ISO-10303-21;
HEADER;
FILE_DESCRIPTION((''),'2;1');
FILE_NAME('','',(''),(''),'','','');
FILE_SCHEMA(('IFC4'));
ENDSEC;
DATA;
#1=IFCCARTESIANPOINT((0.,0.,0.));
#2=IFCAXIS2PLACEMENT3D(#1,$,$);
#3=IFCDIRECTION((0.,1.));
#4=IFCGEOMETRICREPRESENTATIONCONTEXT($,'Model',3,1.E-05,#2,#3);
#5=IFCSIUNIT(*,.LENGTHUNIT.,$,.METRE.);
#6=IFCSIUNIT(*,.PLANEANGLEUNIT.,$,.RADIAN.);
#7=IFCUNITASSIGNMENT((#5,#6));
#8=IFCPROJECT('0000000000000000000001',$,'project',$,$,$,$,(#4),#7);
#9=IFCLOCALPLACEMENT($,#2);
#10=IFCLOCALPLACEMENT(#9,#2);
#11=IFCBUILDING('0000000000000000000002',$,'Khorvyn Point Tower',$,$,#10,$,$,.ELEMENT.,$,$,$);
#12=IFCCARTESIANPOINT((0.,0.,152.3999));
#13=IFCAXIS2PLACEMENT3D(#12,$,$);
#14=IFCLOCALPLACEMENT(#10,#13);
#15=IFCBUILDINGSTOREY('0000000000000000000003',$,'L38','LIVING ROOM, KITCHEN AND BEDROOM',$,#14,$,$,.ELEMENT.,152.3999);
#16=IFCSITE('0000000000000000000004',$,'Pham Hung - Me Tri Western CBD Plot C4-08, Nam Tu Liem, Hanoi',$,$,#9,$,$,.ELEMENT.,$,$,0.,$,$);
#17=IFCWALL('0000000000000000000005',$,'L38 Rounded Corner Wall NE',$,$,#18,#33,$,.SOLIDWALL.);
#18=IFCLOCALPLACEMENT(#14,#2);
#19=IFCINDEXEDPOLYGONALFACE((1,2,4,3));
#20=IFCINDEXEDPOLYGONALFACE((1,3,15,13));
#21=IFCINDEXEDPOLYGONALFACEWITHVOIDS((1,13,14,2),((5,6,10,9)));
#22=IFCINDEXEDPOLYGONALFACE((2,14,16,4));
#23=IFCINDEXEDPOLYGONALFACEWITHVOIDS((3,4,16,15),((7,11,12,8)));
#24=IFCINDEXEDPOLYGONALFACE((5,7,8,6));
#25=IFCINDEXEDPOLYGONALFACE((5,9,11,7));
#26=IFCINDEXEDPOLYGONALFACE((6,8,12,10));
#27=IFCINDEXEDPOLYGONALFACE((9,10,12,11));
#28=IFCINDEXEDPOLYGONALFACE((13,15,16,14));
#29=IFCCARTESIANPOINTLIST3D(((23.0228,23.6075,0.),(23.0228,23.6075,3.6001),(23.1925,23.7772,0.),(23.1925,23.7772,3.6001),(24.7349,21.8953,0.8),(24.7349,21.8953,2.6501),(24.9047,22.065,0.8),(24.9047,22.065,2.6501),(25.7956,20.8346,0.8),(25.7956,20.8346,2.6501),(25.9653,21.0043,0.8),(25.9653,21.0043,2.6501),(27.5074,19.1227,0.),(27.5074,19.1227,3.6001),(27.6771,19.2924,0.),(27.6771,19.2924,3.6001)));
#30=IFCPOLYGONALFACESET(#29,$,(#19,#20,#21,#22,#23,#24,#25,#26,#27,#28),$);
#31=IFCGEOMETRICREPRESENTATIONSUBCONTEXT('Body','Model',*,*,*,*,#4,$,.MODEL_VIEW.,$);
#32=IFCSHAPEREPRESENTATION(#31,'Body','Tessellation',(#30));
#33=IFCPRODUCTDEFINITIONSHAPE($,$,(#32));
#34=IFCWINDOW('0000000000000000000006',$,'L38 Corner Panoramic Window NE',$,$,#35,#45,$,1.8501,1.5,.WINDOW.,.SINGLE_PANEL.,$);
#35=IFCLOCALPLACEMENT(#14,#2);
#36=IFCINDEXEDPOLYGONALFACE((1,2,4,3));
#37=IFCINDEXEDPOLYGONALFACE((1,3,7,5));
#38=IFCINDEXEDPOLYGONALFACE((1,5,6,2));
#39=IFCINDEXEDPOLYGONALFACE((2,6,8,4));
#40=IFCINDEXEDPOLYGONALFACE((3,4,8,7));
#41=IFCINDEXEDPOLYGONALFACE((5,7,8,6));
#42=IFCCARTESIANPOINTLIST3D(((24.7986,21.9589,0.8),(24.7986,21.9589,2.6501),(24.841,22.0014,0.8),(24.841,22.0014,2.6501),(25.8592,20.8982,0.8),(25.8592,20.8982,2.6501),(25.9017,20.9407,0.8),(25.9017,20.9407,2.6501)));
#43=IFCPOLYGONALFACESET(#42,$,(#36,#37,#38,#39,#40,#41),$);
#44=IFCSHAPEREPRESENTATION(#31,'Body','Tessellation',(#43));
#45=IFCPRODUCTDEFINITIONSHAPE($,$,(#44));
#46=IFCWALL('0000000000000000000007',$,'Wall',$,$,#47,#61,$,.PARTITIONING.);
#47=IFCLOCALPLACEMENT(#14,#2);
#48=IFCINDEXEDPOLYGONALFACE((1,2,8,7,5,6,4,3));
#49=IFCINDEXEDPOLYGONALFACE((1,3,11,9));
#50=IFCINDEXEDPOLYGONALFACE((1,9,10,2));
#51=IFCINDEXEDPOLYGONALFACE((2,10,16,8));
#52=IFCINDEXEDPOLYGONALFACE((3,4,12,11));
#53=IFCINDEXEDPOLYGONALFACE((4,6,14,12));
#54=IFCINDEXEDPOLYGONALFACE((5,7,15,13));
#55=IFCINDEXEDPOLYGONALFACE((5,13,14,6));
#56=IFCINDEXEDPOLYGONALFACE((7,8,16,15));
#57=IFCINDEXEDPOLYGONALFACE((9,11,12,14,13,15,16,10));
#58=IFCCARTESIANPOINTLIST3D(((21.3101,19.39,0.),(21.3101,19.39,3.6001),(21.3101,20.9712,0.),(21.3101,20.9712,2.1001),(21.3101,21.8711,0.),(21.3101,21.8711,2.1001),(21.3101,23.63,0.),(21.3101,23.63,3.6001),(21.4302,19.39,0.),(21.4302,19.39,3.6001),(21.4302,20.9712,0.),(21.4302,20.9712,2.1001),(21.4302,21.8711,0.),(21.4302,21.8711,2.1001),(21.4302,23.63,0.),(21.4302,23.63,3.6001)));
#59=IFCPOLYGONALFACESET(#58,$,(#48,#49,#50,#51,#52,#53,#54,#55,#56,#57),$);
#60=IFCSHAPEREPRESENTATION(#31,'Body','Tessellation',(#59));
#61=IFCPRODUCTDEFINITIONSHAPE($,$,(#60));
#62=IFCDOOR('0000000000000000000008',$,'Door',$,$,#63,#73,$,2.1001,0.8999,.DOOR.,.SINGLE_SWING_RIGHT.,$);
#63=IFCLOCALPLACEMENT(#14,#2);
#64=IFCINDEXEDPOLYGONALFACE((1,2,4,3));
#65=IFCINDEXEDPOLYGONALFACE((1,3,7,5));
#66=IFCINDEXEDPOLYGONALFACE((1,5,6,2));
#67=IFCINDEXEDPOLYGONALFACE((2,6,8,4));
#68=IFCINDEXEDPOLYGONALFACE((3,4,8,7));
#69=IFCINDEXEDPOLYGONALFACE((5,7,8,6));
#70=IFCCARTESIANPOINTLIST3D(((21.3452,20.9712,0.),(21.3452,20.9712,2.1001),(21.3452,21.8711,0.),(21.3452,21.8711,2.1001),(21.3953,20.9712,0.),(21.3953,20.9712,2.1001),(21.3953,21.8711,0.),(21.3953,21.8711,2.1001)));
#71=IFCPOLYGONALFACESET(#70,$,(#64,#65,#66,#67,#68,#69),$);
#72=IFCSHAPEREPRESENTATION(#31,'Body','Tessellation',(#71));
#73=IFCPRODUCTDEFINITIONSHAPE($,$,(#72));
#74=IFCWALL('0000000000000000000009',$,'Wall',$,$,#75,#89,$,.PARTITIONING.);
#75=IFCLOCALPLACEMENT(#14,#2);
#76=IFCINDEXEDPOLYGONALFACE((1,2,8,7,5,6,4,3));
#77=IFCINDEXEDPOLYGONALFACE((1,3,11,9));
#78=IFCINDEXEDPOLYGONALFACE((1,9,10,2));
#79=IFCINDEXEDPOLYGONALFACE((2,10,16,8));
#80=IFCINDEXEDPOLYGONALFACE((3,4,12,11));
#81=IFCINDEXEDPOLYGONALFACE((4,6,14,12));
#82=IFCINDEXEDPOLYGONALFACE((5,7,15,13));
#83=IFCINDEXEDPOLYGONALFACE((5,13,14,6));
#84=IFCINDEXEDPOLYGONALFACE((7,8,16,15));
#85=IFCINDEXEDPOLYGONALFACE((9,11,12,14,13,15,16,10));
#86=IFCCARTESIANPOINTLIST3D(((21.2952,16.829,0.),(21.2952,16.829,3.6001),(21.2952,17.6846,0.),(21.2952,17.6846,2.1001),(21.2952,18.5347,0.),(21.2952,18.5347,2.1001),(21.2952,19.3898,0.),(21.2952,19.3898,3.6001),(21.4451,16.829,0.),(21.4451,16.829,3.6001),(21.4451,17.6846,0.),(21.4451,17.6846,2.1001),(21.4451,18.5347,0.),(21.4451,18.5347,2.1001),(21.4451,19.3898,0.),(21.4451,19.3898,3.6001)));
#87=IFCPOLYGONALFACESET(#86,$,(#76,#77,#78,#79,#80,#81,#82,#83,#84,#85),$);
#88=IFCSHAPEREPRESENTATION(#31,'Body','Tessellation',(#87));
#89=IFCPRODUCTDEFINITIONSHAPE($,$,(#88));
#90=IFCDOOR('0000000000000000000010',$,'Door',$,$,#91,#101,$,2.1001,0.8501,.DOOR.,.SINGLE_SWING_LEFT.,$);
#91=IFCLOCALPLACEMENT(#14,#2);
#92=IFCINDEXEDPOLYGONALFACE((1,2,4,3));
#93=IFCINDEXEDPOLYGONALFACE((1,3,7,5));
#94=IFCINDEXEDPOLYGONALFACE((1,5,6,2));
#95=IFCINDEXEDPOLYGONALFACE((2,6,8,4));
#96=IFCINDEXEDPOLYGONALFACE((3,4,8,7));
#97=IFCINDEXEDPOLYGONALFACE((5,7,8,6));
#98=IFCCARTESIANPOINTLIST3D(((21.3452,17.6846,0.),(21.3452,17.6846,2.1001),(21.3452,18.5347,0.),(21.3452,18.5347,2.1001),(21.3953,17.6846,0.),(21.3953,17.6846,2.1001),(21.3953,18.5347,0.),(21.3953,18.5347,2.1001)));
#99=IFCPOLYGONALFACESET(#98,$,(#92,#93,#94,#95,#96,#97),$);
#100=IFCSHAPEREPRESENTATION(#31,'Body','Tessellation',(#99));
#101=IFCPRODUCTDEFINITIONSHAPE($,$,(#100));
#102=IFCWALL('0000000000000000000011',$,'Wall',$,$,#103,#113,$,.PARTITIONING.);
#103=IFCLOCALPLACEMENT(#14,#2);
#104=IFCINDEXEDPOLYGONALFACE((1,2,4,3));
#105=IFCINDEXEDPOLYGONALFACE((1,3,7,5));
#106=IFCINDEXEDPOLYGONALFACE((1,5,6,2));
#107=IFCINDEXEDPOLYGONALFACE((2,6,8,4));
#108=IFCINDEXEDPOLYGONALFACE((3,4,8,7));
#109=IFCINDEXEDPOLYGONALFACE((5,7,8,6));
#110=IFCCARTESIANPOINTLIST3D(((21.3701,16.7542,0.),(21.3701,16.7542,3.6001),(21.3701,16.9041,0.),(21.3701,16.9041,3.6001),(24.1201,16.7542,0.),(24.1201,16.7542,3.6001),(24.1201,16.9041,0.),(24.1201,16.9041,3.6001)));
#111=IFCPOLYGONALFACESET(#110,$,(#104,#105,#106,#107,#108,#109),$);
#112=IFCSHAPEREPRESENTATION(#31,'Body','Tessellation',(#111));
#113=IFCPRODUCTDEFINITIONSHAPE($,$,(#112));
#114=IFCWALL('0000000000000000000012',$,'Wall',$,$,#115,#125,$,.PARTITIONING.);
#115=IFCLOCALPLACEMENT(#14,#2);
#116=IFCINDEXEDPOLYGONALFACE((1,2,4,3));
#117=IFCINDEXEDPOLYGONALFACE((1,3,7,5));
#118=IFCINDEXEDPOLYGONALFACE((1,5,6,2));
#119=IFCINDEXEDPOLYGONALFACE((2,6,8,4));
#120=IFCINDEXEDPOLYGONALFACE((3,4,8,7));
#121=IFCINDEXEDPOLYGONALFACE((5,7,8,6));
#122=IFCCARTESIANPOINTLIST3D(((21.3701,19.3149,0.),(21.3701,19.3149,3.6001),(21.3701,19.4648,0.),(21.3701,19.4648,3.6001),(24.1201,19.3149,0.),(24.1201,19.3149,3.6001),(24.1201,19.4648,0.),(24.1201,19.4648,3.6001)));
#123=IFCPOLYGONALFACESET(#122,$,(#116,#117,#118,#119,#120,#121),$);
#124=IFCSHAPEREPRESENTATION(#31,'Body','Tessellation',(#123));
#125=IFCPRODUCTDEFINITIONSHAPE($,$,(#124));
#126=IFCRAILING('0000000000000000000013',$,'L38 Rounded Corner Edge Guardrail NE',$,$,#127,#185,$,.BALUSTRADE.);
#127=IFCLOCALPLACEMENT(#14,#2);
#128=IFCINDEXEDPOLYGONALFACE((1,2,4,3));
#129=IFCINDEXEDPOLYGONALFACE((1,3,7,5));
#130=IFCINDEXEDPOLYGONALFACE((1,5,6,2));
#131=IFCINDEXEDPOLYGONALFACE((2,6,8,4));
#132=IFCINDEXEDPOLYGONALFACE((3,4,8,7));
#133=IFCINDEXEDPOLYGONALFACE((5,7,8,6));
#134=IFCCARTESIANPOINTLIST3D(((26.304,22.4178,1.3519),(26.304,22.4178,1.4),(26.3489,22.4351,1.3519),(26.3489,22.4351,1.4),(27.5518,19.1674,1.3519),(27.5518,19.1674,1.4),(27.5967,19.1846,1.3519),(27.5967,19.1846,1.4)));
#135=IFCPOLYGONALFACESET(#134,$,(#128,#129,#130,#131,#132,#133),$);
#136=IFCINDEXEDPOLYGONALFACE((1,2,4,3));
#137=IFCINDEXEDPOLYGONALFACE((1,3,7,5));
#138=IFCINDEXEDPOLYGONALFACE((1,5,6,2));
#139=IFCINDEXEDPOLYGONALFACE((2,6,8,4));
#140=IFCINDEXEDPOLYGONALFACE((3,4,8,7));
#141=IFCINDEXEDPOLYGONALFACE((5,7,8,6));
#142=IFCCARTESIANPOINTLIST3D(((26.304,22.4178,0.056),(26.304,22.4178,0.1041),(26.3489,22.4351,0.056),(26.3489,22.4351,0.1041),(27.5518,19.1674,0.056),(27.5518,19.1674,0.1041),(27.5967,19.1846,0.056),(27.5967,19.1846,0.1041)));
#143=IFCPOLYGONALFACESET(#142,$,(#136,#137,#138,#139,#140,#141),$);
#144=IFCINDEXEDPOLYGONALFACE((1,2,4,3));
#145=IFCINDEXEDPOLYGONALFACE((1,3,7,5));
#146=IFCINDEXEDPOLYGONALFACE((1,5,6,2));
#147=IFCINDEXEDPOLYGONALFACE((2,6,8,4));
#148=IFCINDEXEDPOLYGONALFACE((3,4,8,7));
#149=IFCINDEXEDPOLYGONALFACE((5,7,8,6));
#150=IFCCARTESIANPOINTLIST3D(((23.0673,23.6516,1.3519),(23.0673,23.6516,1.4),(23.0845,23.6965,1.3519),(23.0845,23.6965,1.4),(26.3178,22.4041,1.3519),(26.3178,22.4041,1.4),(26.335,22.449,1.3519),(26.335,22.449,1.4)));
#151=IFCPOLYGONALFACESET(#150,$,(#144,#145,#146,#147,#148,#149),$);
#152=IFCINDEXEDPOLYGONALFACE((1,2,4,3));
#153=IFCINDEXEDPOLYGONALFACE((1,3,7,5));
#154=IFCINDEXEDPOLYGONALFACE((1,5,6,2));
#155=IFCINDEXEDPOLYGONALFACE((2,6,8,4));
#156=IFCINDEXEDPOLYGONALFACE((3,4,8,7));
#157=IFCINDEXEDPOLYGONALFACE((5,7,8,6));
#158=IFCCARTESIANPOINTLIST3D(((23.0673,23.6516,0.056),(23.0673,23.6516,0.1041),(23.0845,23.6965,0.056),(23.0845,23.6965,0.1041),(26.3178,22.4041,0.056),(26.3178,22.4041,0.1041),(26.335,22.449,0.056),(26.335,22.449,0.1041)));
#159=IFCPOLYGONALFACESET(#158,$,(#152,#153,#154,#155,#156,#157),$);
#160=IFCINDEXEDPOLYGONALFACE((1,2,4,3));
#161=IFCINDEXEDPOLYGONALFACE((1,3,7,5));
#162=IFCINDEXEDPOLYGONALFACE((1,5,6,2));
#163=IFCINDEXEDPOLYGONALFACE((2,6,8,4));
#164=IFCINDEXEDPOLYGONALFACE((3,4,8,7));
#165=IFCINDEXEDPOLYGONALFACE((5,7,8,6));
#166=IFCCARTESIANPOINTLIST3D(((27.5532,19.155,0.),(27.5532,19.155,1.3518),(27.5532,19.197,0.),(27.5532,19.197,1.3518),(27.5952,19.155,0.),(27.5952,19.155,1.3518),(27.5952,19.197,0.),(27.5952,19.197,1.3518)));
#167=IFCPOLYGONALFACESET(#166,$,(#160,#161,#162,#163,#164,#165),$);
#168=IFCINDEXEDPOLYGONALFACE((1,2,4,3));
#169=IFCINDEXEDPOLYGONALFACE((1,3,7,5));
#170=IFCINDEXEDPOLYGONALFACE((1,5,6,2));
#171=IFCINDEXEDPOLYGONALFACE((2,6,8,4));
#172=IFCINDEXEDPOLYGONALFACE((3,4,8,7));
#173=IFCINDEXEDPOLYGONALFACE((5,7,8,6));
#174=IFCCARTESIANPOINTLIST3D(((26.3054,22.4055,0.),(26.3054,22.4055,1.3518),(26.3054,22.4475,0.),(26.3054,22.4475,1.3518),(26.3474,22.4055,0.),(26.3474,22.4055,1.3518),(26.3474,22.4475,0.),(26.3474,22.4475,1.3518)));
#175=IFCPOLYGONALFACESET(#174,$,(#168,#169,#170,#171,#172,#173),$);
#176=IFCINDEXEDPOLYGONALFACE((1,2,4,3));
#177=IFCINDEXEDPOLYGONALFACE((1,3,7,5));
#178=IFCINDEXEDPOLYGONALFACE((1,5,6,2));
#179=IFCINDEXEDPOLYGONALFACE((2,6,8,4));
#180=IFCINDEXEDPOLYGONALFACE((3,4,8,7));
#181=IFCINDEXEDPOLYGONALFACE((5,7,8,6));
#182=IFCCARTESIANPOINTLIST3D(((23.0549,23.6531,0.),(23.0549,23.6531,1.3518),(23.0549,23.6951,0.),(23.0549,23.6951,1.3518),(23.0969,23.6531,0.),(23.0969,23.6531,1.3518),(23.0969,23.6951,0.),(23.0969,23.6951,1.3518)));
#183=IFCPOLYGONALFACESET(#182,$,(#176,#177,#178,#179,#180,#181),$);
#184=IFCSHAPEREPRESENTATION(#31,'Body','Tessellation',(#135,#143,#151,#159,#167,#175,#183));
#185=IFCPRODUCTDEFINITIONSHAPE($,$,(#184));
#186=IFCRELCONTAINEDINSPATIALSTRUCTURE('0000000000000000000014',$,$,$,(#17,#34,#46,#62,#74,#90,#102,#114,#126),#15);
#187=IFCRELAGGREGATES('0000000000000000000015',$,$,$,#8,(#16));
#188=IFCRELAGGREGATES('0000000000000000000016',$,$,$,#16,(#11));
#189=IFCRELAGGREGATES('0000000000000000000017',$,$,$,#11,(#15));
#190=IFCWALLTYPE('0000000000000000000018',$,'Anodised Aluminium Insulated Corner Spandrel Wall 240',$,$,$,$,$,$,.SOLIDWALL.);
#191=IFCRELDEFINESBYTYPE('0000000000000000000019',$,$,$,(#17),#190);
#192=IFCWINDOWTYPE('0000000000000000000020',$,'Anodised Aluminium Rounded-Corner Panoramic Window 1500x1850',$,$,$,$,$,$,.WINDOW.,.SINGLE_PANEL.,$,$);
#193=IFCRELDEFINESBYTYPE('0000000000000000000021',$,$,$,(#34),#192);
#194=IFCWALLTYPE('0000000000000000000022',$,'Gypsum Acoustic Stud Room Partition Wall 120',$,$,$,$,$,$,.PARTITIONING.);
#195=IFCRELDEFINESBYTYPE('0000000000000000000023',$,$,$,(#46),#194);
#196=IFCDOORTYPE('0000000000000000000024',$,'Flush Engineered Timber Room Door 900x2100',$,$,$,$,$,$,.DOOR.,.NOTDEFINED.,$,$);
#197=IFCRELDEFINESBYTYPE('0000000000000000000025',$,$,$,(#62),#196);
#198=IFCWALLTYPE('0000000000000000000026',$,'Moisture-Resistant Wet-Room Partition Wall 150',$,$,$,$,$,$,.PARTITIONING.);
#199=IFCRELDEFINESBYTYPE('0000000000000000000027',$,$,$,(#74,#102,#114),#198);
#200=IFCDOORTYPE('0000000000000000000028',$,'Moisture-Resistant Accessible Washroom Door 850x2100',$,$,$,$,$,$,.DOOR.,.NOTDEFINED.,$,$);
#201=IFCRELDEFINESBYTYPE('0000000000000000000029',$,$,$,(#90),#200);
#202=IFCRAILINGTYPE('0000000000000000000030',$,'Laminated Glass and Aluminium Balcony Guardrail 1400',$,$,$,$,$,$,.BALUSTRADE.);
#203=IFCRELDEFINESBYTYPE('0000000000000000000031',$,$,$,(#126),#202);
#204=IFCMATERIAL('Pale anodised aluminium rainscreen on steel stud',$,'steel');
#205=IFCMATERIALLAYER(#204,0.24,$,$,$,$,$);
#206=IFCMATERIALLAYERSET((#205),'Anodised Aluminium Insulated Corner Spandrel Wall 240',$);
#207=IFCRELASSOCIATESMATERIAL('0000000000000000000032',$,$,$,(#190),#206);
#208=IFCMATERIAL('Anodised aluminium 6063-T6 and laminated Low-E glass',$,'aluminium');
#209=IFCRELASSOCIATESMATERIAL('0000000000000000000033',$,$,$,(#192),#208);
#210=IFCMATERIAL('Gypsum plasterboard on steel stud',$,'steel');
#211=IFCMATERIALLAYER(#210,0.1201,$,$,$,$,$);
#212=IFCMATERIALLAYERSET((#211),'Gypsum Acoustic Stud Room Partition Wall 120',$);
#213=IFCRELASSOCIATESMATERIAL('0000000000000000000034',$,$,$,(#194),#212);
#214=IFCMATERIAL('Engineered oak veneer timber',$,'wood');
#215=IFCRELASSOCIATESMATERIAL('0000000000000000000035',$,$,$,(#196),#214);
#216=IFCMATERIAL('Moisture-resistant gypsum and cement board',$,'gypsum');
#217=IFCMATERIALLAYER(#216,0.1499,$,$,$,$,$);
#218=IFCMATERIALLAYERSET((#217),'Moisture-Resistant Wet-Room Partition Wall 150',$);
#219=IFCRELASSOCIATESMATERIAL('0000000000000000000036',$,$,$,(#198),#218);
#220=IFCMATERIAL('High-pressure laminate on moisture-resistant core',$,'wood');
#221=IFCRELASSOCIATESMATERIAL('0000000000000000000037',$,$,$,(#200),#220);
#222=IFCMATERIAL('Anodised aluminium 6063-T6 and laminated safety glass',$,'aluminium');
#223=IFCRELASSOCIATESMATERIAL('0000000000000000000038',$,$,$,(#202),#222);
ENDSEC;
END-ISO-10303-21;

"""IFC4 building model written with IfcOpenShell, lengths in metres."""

from ifc_helpers import new_model, si_unit, direction, frame, frame_2d, origin, origin_2d, place, context, subcontext, project, spatial, rectangle, extrude, material, layer, layer_set, type_object, element, fill, save


model = new_model("IFC4")

# Units and contexts
model_context = context("Model", 3, precision=1e-05, world=origin(), true_north=direction((0.0, 1.0)))
body_context = subcontext(model_context, "Body", "Model", "MODEL_VIEW")
ifc_project = project(units=[si_unit("LENGTHUNIT", "METRE"), si_unit("PLANEANGLEUNIT", "RADIAN")], contexts=[model_context])

# Site, building, storey
site_placement = place(None, origin())
site = spatial("IfcSite", under=ifc_project, at=site_placement, Name="Pham Hung - Me Tri Western CBD Plot C4-08, Nam Tu Liem, Hanoi", CompositionType="ELEMENT", RefElevation=0.0)
building_placement = place(site_placement, origin())
building = spatial("IfcBuilding", under=site, at=building_placement, Name="Khorvyn Point Tower", CompositionType="ELEMENT")
storey_placement = place(building_placement, frame((0.0, 0.0, 152.3999)))
storey = spatial("IfcBuildingStorey", under=building, at=storey_placement, Name="L38", Description="LIVING ROOM, KITCHEN AND BEDROOM", CompositionType="ELEMENT", Elevation=152.3999)

# Shared definitions
ifc_material_1 = material(Name="Anodised aluminium 6063-T6 and laminated Low-E glass", Category="aluminium")

# Wall, opening, window
ifc_material_2 = material(Name="Pale anodised aluminium rainscreen on steel stud", Category="steel")
ifc_layer_1 = layer(ifc_material_2, 0.24)
ifc_layer_set_1 = layer_set([ifc_layer_1], Name="Anodised Aluminium Insulated Corner Spandrel Wall 240")
wall_type_1 = type_object("IfcWallType", Name="Anodised Aluminium Insulated Corner Spandrel Wall 240", PredefinedType="SOLIDWALL", material=ifc_layer_set_1)
wall_1_placement = place(storey_placement, frame((23.1077, 23.6924, 0.0), z_axis=(0.0, 0.0, 1.0), x_axis=(0.707088, -0.707126, 0.0)))
wall_1 = element("IfcWall", 1, at=wall_1_placement, inside=storey, type_object=wall_type_1, Name="L38 Rounded Corner Wall NE", PredefinedType="SOLIDWALL", context=body_context, shape_type="SweptSolid", body=[
    extrude(rectangle(XDim=6.3423, YDim=0.24, at=frame_2d((3.1711, 0.0))), origin(), (0.0, 0.0, 1.0), 3.6001),
])
opening_1_placement = place(wall_1_placement, frame((2.4214, 0.0, 0.8)))
opening_1 = element("IfcOpeningElement", 2, at=opening_1_placement, cuts=wall_1, PredefinedType="OPENING", context=body_context, shape_type="SweptSolid", body=[
    extrude(rectangle(XDim=1.5, YDim=1.8501, at=frame_2d((0.75, 0.925))), frame((0.0, 0.1299, 0.0), z_axis=(0.0, -1.0, 0.0), x_axis=(1.0, 0.0, 0.0)), (0.0, 0.0, 1.0), 0.26),
])
window_type = type_object("IfcWindowType", Name="Anodised Aluminium Rounded-Corner Panoramic Window 1500x1850", PartitioningType="SINGLE_PANEL", PredefinedType="WINDOW", material=ifc_material_1)
window_placement = place(opening_1_placement, origin())
window = element("IfcWindow", 3, at=window_placement, inside=storey, type_object=window_type, Name="L38 Corner Panoramic Window NE", OverallHeight=1.8501, OverallWidth=1.5, PartitioningType="SINGLE_PANEL", PredefinedType="WINDOW", context=body_context, shape_type="SweptSolid", body=[
    extrude(rectangle(XDim=1.5, YDim=1.8501, at=frame_2d((0.75, 0.925))), frame((0.0, 0.03, 0.0), z_axis=(0.0, -1.0, 0.0), x_axis=(1.0, 0.0, 0.0)), (0.0, 0.0, 1.0), 0.0601),
])
fill(opening_1, window)

# Walls, openings, doors
ifc_material_3 = material(Name="Gypsum plasterboard on steel stud", Category="steel")
ifc_layer_2 = layer(ifc_material_3, 0.1201)
ifc_layer_set_2 = layer_set([ifc_layer_2], Name="Gypsum Acoustic Stud Room Partition Wall 120")
wall_type_2 = type_object("IfcWallType", Name="Gypsum Acoustic Stud Room Partition Wall 120", PredefinedType="PARTITIONING", material=ifc_layer_set_2)
wall_2_placement = place(storey_placement, frame((21.3701, 19.3899, 0.0), z_axis=(0.0, 0.0, 1.0), x_axis=(0.0, 1.0, 0.0)))
wall_2 = element("IfcWall", 4, at=wall_2_placement, inside=storey, type_object=wall_type_2, Name="Wall", PredefinedType="PARTITIONING", context=body_context, shape_type="SweptSolid", body=[
    extrude(rectangle(XDim=4.24, YDim=0.1201, at=frame_2d((2.1201, 0.0))), origin(), (0.0, 0.0, 1.0), 3.6001),
])
opening_2_placement = place(wall_2_placement, frame((1.5813, 0.0, 0.0)))
opening_2 = element("IfcOpeningElement", 5, at=opening_2_placement, cuts=wall_2, PredefinedType="OPENING", context=body_context, shape_type="SweptSolid", body=[
    extrude(rectangle(XDim=0.8999, YDim=2.1001, at=frame_2d((0.45, 1.05))), frame((0.0, 0.0701, 0.0), z_axis=(0.0, -1.0, 0.0), x_axis=(1.0, 0.0, 0.0)), (0.0, 0.0, 1.0), 0.1401),
])
ifc_material_4 = material(Name="Engineered oak veneer timber", Category="wood")
door_type_1 = type_object("IfcDoorType", Name="Flush Engineered Timber Room Door 900x2100", OperationType="NOTDEFINED", PredefinedType="DOOR", material=ifc_material_4)
door_1_placement = place(opening_2_placement, origin())
door_1 = element("IfcDoor", 6, at=door_1_placement, inside=storey, type_object=door_type_1, Name="Door", OperationType="SINGLE_SWING_RIGHT", OverallHeight=2.1001, OverallWidth=0.8999, PredefinedType="DOOR", context=body_context, shape_type="SweptSolid", body=[
    extrude(rectangle(XDim=0.8999, YDim=2.1001, at=frame_2d((0.45, 1.05))), frame((0.0, 0.0249, 0.0), z_axis=(0.0, -1.0, 0.0), x_axis=(1.0, 0.0, 0.0)), (0.0, 0.0, 1.0), 0.05),
])
fill(opening_2, door_1)
ifc_material_5 = material(Name="Moisture-resistant gypsum and cement board", Category="gypsum")
ifc_layer_3 = layer(ifc_material_5, 0.1499)
ifc_layer_set_3 = layer_set([ifc_layer_3], Name="Moisture-Resistant Wet-Room Partition Wall 150")
wall_type_3 = type_object("IfcWallType", Name="Moisture-Resistant Wet-Room Partition Wall 150", PredefinedType="PARTITIONING", material=ifc_layer_set_3)
wall_3_placement = place(storey_placement, frame((21.3701, 16.8291, 0.0), z_axis=(0.0, 0.0, 1.0), x_axis=(0.0, 1.0, 0.0)))
wall_3 = element("IfcWall", 7, at=wall_3_placement, inside=storey, type_object=wall_type_3, Name="Wall", PredefinedType="PARTITIONING", context=body_context, shape_type="SweptSolid", body=[
    extrude(rectangle(XDim=2.5608, YDim=0.1499, at=frame_2d((1.2803, 0.0))), origin(), (0.0, 0.0, 1.0), 3.6001),
])
opening_3_placement = place(wall_3_placement, frame((0.8555, 0.0, 0.0)))
opening_3 = element("IfcOpeningElement", 8, at=opening_3_placement, cuts=wall_3, PredefinedType="OPENING", context=body_context, shape_type="SweptSolid", body=[
    extrude(rectangle(XDim=0.8501, YDim=2.1001, at=frame_2d((0.425, 1.05))), frame((0.0, 0.085, 0.0), z_axis=(0.0, -1.0, 0.0), x_axis=(1.0, 0.0, 0.0)), (0.0, 0.0, 1.0), 0.1699),
])
ifc_material_6 = material(Name="High-pressure laminate on moisture-resistant core", Category="wood")
door_type_2 = type_object("IfcDoorType", Name="Moisture-Resistant Accessible Washroom Door 850x2100", OperationType="NOTDEFINED", PredefinedType="DOOR", material=ifc_material_6)
door_2_placement = place(opening_3_placement, origin())
door_2 = element("IfcDoor", 9, at=door_2_placement, inside=storey, type_object=door_type_2, Name="Door", OperationType="SINGLE_SWING_LEFT", OverallHeight=2.1001, OverallWidth=0.8501, PredefinedType="DOOR", context=body_context, shape_type="SweptSolid", body=[
    extrude(rectangle(XDim=0.8501, YDim=2.1001, at=frame_2d((0.425, 1.05))), frame((0.0, 0.0249, 0.0), z_axis=(0.0, -1.0, 0.0), x_axis=(1.0, 0.0, 0.0)), (0.0, 0.0, 1.0), 0.05),
])
fill(opening_3, door_2)

# Walls
for number, where, z_axis, x_axis, name in (
    (10, (21.3701, 16.8291, 0.0), (0.0, 0.0, 1.0), (1.0, 0.0, 0.0), "Wall"),
    (11, (21.3701, 19.3899, 0.0), (0.0, 0.0, 1.0), (1.0, 0.0, 0.0), "Wall"),
):
    element("IfcWall", number, at=place(storey_placement, frame(where, z_axis=z_axis, x_axis=x_axis)), inside=storey, type_object=wall_type_3, Name=name, PredefinedType="PARTITIONING", context=body_context, shape_type="SweptSolid", body=[
        extrude(rectangle(XDim=2.75, YDim=0.1499, at=frame_2d((1.375, 0.0))), origin(), (0.0, 0.0, 1.0), 3.6001),
    ])

# Railing
ifc_material_7 = material(Name="Anodised aluminium 6063-T6 and laminated safety glass", Category="aluminium")
railing_type = type_object("IfcRailingType", Name="Laminated Glass and Aluminium Balcony Guardrail 1400", PredefinedType="BALUSTRADE", material=ifc_material_7)
railing_1_placement = place(storey_placement, frame((27.5742, 19.176, 0.0)))
element("IfcRailing", 12, at=railing_1_placement, inside=storey, type_object=railing_type, Name="L38 Rounded Corner Edge Guardrail NE", PredefinedType="BALUSTRADE", context=body_context, shape_type="SweptSolid", body=[
    extrude(rectangle(XDim=0.0481, YDim=0.0481, at=origin_2d()), frame((0.0, 0.0, 1.376), z_axis=(-0.358382, 0.933575, 0.0), x_axis=(-0.933575, -0.358382, 0.0)), (0.0, 0.0, 1.0), 3.4817),
    extrude(rectangle(XDim=0.0481, YDim=0.0481, at=origin_2d()), frame((0.0, 0.0, 0.0801), z_axis=(-0.358382, 0.933575, 0.0), x_axis=(-0.933575, -0.358382, 0.0)), (0.0, 0.0, 1.0), 3.4817),
    extrude(rectangle(XDim=0.0481, YDim=0.0481, at=origin_2d()), frame((-1.2478, 3.2505, 1.376), z_axis=(-0.933598, 0.358321, 0.0), x_axis=(-0.358321, -0.933598, 0.0)), (0.0, 0.0, 1.0), 3.4817),
    extrude(rectangle(XDim=0.0481, YDim=0.0481, at=origin_2d()), frame((-1.2478, 3.2505, 0.0801), z_axis=(-0.933598, 0.358321, 0.0), x_axis=(-0.358321, -0.933598, 0.0)), (0.0, 0.0, 1.0), 3.4817),
    extrude(rectangle(XDim=0.042, YDim=0.042, at=origin_2d()), origin(), (0.0, 0.0, 1.0), 1.3518),
    extrude(rectangle(XDim=0.042, YDim=0.042, at=origin_2d()), frame((-1.2478, 3.2505, 0.0)), (0.0, 0.0, 1.0), 1.3518),
    extrude(rectangle(XDim=0.042, YDim=0.042, at=origin_2d()), frame((-4.4983, 4.498, 0.0)), (0.0, 0.0, 1.0), 1.3518),
])

save(model, "model.ifc")
